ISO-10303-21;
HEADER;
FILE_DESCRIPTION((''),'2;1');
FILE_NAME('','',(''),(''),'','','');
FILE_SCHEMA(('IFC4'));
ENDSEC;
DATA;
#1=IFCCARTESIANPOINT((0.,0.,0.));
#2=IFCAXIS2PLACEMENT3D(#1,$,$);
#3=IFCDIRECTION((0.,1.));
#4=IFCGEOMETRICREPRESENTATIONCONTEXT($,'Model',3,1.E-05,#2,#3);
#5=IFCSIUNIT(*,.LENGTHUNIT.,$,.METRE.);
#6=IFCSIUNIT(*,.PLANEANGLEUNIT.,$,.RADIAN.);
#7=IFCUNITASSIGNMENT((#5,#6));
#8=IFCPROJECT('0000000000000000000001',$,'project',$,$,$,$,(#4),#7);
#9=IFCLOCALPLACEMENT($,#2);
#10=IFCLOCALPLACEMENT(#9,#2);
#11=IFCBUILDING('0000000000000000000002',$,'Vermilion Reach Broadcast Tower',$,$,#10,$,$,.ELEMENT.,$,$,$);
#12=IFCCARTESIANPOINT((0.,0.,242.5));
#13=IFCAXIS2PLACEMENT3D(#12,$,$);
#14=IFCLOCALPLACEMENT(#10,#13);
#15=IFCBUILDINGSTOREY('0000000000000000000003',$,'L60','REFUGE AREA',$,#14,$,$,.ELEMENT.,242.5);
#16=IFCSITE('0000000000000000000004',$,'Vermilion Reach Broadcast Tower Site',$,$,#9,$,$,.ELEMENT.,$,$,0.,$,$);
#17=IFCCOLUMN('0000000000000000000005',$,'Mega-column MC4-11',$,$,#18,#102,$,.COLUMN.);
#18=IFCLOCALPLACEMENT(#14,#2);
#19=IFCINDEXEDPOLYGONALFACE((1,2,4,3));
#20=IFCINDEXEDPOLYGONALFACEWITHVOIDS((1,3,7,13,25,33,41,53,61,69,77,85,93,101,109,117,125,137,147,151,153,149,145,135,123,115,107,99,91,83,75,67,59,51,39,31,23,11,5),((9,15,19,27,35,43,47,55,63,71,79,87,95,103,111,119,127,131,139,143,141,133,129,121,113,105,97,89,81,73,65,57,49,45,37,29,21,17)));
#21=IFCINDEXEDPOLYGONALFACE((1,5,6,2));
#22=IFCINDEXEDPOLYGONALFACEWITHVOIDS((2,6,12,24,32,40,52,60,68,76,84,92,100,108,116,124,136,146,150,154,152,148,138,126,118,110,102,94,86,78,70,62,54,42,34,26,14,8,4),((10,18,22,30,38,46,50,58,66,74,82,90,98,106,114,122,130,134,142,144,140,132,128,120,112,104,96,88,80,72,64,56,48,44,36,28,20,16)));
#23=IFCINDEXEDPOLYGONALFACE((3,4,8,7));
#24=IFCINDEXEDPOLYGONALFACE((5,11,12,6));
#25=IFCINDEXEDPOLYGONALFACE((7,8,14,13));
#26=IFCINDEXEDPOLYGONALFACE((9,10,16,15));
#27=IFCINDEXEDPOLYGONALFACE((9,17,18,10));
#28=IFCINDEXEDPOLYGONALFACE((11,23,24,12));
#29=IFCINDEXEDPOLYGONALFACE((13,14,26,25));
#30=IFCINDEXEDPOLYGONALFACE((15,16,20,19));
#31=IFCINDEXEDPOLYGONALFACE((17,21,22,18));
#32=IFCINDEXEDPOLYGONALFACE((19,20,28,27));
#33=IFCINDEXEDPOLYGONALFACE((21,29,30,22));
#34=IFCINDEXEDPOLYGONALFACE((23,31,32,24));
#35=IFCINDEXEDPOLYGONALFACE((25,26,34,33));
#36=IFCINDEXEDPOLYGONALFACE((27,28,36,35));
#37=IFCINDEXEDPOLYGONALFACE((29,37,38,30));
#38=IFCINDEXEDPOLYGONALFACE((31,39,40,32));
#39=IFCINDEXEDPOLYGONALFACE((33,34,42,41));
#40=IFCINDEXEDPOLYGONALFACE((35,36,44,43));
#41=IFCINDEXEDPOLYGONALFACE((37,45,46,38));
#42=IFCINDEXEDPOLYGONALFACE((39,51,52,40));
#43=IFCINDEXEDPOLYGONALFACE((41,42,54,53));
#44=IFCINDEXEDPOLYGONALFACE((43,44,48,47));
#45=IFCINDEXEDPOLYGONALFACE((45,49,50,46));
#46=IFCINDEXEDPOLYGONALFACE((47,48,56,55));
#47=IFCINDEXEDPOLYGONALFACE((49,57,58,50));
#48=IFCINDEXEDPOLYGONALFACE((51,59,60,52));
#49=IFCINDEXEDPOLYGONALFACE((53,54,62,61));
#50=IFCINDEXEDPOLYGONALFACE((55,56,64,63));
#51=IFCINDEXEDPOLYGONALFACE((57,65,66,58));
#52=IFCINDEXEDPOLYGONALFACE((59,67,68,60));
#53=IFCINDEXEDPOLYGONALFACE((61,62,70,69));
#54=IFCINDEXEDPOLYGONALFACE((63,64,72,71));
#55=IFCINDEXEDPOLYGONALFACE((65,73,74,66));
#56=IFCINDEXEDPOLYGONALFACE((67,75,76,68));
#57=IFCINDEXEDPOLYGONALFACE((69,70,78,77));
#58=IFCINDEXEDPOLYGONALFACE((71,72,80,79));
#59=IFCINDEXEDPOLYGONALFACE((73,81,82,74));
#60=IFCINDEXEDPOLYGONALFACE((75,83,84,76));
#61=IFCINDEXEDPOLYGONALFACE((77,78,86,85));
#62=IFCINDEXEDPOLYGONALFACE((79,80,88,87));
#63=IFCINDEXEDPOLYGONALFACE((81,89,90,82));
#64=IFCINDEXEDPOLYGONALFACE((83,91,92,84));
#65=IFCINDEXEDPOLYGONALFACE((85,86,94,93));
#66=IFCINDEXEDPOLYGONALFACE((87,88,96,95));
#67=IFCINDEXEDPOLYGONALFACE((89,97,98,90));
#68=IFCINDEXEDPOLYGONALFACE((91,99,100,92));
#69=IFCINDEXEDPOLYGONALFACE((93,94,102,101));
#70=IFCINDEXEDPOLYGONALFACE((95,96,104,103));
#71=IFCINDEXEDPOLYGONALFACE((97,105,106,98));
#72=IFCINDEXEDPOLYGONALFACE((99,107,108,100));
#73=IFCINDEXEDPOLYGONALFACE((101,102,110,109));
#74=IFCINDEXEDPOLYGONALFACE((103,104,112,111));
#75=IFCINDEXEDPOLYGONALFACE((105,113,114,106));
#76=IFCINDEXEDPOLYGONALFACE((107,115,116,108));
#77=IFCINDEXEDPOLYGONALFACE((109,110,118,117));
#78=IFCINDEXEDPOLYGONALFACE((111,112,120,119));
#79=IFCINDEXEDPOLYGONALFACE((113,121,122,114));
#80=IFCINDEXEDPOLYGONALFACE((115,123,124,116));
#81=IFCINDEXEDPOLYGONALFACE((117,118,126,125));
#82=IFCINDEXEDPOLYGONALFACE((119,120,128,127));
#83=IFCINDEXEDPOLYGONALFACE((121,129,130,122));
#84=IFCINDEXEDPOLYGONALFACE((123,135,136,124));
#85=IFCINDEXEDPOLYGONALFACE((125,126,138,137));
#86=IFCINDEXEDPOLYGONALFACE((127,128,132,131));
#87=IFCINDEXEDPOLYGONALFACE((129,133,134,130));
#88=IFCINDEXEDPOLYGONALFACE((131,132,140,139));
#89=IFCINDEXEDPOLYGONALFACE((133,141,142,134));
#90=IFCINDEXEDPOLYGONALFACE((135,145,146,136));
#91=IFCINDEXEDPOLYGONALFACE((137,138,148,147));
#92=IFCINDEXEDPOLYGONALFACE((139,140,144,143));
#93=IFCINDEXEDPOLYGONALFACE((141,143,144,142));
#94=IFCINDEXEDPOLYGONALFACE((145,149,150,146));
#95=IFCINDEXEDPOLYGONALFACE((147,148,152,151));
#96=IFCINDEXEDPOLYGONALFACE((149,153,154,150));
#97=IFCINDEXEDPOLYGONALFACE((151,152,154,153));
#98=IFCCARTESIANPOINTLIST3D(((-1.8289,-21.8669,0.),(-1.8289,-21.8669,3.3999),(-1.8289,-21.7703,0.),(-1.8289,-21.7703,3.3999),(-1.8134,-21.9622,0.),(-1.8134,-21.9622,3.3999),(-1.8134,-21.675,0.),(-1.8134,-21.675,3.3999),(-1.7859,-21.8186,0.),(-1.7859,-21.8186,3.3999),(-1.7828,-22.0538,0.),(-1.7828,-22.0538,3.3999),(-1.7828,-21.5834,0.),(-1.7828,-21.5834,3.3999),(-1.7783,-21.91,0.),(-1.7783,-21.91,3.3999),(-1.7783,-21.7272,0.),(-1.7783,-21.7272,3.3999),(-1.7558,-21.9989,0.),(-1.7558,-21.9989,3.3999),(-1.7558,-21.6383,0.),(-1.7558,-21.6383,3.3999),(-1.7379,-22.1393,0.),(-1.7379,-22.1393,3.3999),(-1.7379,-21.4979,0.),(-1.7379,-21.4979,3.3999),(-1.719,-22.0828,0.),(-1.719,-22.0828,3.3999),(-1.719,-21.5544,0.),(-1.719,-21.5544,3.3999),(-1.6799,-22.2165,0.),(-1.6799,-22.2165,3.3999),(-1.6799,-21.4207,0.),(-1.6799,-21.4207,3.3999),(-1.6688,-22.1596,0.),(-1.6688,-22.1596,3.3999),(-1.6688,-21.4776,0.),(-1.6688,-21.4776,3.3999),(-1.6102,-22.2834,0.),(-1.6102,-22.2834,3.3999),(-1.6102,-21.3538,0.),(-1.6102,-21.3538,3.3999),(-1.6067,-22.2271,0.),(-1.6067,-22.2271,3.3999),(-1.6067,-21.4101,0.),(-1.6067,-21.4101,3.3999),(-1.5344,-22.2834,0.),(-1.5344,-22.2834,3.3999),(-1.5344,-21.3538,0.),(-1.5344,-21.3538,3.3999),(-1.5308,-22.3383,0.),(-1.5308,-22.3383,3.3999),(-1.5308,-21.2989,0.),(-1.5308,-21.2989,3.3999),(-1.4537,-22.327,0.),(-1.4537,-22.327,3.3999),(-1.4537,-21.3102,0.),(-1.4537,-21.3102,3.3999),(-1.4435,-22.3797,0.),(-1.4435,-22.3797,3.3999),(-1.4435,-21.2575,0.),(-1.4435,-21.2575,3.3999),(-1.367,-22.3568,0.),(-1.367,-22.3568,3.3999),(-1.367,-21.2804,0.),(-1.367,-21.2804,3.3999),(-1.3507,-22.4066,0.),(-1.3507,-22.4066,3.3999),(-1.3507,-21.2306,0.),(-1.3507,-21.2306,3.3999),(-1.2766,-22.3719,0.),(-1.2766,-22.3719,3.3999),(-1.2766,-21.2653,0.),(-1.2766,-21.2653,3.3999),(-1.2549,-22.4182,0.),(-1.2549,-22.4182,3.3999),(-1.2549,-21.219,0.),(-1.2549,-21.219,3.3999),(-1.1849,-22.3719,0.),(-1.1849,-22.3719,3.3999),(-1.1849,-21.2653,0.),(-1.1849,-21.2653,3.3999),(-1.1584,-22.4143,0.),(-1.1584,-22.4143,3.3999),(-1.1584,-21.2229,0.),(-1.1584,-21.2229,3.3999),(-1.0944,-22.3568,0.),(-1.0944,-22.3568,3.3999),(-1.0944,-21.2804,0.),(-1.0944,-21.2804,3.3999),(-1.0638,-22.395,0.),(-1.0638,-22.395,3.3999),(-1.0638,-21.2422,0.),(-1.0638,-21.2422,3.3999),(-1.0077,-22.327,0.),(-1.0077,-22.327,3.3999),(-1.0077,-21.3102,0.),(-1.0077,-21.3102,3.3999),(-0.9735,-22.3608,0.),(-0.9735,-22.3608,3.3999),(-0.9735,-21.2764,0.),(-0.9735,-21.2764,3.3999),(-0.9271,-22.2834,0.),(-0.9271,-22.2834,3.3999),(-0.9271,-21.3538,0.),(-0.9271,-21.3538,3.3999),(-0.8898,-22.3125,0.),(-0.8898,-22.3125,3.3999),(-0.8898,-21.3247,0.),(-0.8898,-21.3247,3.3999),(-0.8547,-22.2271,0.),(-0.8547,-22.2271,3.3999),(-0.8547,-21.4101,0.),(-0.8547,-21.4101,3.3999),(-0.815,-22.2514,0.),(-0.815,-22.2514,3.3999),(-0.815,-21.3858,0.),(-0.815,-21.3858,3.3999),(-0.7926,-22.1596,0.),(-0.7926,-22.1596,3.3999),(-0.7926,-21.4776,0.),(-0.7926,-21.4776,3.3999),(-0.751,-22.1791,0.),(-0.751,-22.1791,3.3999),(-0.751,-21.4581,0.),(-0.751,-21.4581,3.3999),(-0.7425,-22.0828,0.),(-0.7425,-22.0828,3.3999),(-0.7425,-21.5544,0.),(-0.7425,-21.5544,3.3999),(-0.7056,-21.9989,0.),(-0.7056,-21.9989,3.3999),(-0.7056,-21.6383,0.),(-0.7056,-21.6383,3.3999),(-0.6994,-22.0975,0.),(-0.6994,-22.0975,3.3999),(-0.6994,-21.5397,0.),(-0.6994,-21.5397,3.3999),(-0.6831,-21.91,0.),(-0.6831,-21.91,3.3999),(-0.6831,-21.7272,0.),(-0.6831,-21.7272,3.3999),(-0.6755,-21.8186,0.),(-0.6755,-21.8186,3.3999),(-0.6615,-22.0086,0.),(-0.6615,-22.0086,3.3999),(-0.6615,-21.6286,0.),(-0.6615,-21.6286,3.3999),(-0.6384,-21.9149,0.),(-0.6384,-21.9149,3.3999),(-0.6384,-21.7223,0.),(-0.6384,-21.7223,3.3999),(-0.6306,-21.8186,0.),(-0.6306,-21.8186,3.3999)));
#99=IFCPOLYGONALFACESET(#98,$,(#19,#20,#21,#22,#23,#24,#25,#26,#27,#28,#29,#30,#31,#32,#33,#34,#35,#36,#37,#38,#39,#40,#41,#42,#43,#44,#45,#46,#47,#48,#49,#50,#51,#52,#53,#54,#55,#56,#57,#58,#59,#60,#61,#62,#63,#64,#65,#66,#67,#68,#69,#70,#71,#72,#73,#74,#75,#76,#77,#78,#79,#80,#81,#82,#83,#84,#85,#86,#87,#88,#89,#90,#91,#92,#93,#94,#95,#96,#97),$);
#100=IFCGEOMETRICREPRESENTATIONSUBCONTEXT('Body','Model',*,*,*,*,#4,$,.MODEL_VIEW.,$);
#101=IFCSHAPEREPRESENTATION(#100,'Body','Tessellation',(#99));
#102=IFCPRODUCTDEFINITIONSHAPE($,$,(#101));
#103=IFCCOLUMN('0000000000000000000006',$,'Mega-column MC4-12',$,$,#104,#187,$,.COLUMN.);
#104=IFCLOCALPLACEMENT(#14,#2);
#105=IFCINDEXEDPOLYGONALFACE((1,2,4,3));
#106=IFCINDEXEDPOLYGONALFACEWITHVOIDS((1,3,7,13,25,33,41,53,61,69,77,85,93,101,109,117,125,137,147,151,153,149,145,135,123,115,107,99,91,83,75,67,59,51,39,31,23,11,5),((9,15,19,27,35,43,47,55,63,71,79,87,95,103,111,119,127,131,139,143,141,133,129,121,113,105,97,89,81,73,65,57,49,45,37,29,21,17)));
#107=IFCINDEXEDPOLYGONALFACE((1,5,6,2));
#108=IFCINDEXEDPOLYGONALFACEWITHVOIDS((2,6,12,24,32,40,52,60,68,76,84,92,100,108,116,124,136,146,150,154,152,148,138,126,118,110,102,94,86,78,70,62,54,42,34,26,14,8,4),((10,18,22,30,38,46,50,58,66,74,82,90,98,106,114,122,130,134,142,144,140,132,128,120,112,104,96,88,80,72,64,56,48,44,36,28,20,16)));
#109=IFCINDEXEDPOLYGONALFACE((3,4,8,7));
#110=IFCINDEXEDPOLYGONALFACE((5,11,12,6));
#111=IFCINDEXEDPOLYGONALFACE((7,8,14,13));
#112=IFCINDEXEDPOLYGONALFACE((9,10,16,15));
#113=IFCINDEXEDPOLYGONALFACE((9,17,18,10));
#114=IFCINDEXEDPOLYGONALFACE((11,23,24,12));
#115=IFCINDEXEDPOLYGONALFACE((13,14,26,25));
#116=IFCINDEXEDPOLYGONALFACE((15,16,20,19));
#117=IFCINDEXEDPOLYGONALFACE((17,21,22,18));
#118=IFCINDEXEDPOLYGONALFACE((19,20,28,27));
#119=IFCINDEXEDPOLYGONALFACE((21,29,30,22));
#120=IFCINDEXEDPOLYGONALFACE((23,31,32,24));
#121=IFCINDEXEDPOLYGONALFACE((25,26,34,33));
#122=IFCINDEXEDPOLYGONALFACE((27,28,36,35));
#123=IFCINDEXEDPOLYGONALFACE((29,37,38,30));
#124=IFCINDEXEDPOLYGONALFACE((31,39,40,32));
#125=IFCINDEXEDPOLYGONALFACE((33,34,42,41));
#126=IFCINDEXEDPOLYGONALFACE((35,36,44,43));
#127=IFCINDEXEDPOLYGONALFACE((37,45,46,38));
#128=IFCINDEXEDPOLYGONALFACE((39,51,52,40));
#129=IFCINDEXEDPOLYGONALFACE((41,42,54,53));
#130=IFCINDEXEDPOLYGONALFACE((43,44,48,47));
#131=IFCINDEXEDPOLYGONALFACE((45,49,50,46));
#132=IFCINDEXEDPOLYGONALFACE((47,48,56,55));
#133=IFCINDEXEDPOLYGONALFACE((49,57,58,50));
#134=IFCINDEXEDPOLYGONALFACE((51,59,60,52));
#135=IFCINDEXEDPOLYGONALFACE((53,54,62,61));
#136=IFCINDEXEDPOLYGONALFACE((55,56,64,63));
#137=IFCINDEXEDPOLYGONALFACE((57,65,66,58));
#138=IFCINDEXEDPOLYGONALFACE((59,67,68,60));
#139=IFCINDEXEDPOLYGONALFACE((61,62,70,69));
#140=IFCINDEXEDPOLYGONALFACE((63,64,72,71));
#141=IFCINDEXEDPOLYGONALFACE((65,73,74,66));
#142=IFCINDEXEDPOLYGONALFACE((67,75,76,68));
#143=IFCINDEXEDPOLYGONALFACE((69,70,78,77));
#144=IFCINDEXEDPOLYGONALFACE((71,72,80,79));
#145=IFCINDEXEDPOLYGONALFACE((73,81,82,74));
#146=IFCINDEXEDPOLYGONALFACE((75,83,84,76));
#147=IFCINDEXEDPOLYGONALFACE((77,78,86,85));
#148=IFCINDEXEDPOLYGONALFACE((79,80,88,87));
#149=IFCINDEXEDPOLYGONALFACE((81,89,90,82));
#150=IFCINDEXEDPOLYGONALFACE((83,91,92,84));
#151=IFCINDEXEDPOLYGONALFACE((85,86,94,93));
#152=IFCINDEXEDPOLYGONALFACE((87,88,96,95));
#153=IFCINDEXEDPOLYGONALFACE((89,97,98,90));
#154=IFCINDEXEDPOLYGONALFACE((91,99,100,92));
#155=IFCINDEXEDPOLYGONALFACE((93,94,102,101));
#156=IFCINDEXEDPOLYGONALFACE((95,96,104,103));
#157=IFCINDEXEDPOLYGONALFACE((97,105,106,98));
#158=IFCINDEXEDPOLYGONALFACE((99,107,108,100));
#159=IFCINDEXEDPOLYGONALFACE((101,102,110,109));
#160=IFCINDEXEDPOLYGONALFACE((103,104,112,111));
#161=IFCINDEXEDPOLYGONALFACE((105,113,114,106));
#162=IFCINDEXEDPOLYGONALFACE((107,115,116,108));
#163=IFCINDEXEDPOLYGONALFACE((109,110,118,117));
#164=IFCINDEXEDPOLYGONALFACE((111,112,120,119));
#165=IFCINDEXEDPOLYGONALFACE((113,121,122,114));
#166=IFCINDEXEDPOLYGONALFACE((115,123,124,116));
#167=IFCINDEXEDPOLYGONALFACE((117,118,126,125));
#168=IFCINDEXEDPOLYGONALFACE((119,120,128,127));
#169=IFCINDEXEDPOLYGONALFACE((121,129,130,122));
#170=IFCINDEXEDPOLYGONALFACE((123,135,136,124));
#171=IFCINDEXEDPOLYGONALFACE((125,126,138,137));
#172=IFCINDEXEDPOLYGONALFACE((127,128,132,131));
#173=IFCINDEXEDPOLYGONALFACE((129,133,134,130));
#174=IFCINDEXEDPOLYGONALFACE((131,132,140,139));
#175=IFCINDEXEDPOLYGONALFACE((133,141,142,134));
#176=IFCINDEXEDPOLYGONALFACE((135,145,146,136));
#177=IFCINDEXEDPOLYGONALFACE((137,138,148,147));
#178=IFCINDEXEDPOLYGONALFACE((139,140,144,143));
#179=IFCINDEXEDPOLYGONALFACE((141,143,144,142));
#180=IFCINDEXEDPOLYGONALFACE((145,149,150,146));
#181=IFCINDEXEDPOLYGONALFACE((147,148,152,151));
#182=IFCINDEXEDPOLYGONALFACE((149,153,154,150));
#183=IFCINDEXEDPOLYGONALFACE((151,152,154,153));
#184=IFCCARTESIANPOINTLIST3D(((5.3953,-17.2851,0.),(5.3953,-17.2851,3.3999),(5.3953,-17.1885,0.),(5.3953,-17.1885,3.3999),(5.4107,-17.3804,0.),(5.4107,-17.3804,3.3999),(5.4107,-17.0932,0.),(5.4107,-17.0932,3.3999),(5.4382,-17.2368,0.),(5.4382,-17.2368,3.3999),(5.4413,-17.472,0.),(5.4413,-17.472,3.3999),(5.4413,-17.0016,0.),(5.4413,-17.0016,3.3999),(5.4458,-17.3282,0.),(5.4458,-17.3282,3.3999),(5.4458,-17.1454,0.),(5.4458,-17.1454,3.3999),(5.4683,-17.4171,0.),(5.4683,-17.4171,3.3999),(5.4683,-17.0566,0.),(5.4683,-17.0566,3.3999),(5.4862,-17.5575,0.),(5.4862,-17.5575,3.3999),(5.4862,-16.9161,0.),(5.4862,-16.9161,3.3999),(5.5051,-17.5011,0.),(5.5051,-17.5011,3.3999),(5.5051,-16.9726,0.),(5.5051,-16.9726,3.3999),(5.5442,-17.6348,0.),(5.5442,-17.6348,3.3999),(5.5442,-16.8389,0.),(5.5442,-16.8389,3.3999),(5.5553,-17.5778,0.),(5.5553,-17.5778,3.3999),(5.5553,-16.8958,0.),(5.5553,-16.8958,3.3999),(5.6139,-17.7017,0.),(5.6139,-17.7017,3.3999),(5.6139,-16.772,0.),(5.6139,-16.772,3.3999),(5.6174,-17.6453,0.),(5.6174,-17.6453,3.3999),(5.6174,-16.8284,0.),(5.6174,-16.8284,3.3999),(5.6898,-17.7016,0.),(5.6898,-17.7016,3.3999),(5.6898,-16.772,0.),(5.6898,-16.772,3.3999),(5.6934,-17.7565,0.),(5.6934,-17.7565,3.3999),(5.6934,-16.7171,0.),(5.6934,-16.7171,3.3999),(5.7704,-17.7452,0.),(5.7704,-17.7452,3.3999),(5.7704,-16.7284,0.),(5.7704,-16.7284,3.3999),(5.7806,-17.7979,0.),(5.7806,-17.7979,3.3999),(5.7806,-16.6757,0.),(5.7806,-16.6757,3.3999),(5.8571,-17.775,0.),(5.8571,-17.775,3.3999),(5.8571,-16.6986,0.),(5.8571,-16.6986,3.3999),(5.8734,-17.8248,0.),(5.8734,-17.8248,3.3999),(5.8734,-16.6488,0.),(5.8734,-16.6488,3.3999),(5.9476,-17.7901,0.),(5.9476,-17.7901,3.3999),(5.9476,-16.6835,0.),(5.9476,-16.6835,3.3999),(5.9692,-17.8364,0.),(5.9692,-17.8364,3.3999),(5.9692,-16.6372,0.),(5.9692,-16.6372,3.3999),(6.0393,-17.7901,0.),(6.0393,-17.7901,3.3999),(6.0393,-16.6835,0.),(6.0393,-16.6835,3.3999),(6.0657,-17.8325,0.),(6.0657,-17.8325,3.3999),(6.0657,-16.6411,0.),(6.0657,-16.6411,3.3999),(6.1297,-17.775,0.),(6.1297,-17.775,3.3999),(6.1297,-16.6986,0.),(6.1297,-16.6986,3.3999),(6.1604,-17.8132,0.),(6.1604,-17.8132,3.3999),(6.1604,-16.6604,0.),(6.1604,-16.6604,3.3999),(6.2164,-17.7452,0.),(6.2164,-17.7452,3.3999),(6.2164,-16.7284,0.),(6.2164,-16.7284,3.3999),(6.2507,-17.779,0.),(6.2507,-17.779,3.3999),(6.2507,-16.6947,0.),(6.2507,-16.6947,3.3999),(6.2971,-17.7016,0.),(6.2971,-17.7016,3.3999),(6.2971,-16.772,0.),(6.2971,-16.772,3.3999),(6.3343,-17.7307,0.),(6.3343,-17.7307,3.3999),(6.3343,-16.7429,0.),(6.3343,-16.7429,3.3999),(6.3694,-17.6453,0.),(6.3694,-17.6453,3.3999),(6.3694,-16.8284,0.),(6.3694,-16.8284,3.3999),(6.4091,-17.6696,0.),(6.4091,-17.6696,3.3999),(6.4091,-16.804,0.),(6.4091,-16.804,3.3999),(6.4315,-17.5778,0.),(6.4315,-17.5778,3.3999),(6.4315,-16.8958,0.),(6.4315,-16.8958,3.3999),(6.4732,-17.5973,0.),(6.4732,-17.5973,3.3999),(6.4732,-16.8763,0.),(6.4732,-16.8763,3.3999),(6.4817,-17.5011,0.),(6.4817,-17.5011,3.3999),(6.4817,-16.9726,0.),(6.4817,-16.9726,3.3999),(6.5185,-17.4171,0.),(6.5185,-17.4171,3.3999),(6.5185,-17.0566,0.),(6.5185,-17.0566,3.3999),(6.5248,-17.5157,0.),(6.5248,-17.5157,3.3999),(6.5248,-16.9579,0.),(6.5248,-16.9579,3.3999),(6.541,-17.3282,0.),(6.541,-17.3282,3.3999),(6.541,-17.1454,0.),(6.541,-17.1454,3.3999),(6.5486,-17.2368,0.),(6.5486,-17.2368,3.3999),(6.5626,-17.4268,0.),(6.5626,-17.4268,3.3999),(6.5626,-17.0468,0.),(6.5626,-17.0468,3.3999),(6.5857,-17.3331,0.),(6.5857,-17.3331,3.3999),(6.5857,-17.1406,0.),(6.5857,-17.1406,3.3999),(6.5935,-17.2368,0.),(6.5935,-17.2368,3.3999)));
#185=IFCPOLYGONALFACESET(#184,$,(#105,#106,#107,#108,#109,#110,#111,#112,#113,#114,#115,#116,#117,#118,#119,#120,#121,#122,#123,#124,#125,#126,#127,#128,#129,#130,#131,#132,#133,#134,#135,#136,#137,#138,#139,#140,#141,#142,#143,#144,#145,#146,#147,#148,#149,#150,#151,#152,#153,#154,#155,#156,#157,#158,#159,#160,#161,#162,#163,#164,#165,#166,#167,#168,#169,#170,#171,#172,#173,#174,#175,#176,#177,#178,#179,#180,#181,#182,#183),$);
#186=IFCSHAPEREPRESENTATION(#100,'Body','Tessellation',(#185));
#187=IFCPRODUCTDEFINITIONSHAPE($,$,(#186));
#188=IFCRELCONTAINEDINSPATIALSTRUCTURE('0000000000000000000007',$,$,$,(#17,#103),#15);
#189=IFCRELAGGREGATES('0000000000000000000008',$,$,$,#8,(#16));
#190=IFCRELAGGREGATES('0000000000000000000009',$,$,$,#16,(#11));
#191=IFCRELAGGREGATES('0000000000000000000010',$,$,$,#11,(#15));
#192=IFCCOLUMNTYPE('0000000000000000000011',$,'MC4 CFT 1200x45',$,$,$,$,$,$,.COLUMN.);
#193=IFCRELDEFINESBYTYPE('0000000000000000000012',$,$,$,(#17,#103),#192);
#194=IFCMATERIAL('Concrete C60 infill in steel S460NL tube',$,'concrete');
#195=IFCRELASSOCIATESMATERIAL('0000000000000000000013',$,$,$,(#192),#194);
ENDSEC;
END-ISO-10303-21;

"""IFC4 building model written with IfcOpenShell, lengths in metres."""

from ifc_helpers import new_model, si_unit, direction, frame, origin, origin_2d, place, context, subcontext, project, spatial, hollow_circle, extrude, material, material_profile, profile_set, type_object, element, save


model = new_model("IFC4")

# Units and contexts
model_context = context("Model", 3, precision=1e-05, world=origin(), true_north=direction((0.0, 1.0)))
body_context = subcontext(model_context, "Body", "Model", "MODEL_VIEW")
ifc_project = project(units=[si_unit("LENGTHUNIT", "METRE"), si_unit("PLANEANGLEUNIT", "RADIAN")], contexts=[model_context])

# Site, building, storey
site_placement = place(None, origin())
site = spatial("IfcSite", under=ifc_project, at=site_placement, Name="Vermilion Reach Broadcast Tower Site", CompositionType="ELEMENT", RefElevation=0.0)
building_placement = place(site_placement, origin())
building = spatial("IfcBuilding", under=site, at=building_placement, Name="Vermilion Reach Broadcast Tower", CompositionType="ELEMENT")
storey_placement = place(building_placement, frame((0.0, 0.0, 242.5)))
storey = spatial("IfcBuildingStorey", under=building, at=storey_placement, Name="L60", Description="REFUGE AREA", CompositionType="ELEMENT", Elevation=242.5)

# Columns
ifc_material_1 = material(Name="Concrete C60 infill in steel S460NL tube", Category="concrete")
ifc_material_profile_1 = material_profile(ifc_material_1, hollow_circle(Radius=0.6001, WallThickness=0.0449, at=origin_2d()), Name="Concrete C60 infill in steel S460NL tube CFT 1200x45")
ifc_profile_set_1 = profile_set([ifc_material_profile_1], Name="Concrete C60 infill in steel S460NL tube")
column_type = type_object("IfcColumnType", Name="MC4 CFT 1200x45", PredefinedType="COLUMN", material=ifc_profile_set_1)
for number, where, z_axis, x_axis, name in (
    (1, (-1.2307, -21.8186, 0.0), (0.0, 0.0, 1.0), (1.0, 0.0, 0.0), "Mega-column MC4-11"),
    (2, (5.9934, -17.2368, 0.0), (0.0, 0.0, 1.0), (1.0, 0.0, 0.0), "Mega-column MC4-12"),
):
    element("IfcColumn", number, at=place(storey_placement, frame(where, z_axis=z_axis, x_axis=x_axis)), inside=storey, type_object=column_type, Name=name, PredefinedType="COLUMN", context=body_context, shape_type="SweptSolid", body=[
        extrude(hollow_circle(Radius=0.6001, WallThickness=0.0449, at=origin_2d()), origin(), (0.0, 0.0, 1.0), 3.3999),
    ])

save(model, "model.ifc")
